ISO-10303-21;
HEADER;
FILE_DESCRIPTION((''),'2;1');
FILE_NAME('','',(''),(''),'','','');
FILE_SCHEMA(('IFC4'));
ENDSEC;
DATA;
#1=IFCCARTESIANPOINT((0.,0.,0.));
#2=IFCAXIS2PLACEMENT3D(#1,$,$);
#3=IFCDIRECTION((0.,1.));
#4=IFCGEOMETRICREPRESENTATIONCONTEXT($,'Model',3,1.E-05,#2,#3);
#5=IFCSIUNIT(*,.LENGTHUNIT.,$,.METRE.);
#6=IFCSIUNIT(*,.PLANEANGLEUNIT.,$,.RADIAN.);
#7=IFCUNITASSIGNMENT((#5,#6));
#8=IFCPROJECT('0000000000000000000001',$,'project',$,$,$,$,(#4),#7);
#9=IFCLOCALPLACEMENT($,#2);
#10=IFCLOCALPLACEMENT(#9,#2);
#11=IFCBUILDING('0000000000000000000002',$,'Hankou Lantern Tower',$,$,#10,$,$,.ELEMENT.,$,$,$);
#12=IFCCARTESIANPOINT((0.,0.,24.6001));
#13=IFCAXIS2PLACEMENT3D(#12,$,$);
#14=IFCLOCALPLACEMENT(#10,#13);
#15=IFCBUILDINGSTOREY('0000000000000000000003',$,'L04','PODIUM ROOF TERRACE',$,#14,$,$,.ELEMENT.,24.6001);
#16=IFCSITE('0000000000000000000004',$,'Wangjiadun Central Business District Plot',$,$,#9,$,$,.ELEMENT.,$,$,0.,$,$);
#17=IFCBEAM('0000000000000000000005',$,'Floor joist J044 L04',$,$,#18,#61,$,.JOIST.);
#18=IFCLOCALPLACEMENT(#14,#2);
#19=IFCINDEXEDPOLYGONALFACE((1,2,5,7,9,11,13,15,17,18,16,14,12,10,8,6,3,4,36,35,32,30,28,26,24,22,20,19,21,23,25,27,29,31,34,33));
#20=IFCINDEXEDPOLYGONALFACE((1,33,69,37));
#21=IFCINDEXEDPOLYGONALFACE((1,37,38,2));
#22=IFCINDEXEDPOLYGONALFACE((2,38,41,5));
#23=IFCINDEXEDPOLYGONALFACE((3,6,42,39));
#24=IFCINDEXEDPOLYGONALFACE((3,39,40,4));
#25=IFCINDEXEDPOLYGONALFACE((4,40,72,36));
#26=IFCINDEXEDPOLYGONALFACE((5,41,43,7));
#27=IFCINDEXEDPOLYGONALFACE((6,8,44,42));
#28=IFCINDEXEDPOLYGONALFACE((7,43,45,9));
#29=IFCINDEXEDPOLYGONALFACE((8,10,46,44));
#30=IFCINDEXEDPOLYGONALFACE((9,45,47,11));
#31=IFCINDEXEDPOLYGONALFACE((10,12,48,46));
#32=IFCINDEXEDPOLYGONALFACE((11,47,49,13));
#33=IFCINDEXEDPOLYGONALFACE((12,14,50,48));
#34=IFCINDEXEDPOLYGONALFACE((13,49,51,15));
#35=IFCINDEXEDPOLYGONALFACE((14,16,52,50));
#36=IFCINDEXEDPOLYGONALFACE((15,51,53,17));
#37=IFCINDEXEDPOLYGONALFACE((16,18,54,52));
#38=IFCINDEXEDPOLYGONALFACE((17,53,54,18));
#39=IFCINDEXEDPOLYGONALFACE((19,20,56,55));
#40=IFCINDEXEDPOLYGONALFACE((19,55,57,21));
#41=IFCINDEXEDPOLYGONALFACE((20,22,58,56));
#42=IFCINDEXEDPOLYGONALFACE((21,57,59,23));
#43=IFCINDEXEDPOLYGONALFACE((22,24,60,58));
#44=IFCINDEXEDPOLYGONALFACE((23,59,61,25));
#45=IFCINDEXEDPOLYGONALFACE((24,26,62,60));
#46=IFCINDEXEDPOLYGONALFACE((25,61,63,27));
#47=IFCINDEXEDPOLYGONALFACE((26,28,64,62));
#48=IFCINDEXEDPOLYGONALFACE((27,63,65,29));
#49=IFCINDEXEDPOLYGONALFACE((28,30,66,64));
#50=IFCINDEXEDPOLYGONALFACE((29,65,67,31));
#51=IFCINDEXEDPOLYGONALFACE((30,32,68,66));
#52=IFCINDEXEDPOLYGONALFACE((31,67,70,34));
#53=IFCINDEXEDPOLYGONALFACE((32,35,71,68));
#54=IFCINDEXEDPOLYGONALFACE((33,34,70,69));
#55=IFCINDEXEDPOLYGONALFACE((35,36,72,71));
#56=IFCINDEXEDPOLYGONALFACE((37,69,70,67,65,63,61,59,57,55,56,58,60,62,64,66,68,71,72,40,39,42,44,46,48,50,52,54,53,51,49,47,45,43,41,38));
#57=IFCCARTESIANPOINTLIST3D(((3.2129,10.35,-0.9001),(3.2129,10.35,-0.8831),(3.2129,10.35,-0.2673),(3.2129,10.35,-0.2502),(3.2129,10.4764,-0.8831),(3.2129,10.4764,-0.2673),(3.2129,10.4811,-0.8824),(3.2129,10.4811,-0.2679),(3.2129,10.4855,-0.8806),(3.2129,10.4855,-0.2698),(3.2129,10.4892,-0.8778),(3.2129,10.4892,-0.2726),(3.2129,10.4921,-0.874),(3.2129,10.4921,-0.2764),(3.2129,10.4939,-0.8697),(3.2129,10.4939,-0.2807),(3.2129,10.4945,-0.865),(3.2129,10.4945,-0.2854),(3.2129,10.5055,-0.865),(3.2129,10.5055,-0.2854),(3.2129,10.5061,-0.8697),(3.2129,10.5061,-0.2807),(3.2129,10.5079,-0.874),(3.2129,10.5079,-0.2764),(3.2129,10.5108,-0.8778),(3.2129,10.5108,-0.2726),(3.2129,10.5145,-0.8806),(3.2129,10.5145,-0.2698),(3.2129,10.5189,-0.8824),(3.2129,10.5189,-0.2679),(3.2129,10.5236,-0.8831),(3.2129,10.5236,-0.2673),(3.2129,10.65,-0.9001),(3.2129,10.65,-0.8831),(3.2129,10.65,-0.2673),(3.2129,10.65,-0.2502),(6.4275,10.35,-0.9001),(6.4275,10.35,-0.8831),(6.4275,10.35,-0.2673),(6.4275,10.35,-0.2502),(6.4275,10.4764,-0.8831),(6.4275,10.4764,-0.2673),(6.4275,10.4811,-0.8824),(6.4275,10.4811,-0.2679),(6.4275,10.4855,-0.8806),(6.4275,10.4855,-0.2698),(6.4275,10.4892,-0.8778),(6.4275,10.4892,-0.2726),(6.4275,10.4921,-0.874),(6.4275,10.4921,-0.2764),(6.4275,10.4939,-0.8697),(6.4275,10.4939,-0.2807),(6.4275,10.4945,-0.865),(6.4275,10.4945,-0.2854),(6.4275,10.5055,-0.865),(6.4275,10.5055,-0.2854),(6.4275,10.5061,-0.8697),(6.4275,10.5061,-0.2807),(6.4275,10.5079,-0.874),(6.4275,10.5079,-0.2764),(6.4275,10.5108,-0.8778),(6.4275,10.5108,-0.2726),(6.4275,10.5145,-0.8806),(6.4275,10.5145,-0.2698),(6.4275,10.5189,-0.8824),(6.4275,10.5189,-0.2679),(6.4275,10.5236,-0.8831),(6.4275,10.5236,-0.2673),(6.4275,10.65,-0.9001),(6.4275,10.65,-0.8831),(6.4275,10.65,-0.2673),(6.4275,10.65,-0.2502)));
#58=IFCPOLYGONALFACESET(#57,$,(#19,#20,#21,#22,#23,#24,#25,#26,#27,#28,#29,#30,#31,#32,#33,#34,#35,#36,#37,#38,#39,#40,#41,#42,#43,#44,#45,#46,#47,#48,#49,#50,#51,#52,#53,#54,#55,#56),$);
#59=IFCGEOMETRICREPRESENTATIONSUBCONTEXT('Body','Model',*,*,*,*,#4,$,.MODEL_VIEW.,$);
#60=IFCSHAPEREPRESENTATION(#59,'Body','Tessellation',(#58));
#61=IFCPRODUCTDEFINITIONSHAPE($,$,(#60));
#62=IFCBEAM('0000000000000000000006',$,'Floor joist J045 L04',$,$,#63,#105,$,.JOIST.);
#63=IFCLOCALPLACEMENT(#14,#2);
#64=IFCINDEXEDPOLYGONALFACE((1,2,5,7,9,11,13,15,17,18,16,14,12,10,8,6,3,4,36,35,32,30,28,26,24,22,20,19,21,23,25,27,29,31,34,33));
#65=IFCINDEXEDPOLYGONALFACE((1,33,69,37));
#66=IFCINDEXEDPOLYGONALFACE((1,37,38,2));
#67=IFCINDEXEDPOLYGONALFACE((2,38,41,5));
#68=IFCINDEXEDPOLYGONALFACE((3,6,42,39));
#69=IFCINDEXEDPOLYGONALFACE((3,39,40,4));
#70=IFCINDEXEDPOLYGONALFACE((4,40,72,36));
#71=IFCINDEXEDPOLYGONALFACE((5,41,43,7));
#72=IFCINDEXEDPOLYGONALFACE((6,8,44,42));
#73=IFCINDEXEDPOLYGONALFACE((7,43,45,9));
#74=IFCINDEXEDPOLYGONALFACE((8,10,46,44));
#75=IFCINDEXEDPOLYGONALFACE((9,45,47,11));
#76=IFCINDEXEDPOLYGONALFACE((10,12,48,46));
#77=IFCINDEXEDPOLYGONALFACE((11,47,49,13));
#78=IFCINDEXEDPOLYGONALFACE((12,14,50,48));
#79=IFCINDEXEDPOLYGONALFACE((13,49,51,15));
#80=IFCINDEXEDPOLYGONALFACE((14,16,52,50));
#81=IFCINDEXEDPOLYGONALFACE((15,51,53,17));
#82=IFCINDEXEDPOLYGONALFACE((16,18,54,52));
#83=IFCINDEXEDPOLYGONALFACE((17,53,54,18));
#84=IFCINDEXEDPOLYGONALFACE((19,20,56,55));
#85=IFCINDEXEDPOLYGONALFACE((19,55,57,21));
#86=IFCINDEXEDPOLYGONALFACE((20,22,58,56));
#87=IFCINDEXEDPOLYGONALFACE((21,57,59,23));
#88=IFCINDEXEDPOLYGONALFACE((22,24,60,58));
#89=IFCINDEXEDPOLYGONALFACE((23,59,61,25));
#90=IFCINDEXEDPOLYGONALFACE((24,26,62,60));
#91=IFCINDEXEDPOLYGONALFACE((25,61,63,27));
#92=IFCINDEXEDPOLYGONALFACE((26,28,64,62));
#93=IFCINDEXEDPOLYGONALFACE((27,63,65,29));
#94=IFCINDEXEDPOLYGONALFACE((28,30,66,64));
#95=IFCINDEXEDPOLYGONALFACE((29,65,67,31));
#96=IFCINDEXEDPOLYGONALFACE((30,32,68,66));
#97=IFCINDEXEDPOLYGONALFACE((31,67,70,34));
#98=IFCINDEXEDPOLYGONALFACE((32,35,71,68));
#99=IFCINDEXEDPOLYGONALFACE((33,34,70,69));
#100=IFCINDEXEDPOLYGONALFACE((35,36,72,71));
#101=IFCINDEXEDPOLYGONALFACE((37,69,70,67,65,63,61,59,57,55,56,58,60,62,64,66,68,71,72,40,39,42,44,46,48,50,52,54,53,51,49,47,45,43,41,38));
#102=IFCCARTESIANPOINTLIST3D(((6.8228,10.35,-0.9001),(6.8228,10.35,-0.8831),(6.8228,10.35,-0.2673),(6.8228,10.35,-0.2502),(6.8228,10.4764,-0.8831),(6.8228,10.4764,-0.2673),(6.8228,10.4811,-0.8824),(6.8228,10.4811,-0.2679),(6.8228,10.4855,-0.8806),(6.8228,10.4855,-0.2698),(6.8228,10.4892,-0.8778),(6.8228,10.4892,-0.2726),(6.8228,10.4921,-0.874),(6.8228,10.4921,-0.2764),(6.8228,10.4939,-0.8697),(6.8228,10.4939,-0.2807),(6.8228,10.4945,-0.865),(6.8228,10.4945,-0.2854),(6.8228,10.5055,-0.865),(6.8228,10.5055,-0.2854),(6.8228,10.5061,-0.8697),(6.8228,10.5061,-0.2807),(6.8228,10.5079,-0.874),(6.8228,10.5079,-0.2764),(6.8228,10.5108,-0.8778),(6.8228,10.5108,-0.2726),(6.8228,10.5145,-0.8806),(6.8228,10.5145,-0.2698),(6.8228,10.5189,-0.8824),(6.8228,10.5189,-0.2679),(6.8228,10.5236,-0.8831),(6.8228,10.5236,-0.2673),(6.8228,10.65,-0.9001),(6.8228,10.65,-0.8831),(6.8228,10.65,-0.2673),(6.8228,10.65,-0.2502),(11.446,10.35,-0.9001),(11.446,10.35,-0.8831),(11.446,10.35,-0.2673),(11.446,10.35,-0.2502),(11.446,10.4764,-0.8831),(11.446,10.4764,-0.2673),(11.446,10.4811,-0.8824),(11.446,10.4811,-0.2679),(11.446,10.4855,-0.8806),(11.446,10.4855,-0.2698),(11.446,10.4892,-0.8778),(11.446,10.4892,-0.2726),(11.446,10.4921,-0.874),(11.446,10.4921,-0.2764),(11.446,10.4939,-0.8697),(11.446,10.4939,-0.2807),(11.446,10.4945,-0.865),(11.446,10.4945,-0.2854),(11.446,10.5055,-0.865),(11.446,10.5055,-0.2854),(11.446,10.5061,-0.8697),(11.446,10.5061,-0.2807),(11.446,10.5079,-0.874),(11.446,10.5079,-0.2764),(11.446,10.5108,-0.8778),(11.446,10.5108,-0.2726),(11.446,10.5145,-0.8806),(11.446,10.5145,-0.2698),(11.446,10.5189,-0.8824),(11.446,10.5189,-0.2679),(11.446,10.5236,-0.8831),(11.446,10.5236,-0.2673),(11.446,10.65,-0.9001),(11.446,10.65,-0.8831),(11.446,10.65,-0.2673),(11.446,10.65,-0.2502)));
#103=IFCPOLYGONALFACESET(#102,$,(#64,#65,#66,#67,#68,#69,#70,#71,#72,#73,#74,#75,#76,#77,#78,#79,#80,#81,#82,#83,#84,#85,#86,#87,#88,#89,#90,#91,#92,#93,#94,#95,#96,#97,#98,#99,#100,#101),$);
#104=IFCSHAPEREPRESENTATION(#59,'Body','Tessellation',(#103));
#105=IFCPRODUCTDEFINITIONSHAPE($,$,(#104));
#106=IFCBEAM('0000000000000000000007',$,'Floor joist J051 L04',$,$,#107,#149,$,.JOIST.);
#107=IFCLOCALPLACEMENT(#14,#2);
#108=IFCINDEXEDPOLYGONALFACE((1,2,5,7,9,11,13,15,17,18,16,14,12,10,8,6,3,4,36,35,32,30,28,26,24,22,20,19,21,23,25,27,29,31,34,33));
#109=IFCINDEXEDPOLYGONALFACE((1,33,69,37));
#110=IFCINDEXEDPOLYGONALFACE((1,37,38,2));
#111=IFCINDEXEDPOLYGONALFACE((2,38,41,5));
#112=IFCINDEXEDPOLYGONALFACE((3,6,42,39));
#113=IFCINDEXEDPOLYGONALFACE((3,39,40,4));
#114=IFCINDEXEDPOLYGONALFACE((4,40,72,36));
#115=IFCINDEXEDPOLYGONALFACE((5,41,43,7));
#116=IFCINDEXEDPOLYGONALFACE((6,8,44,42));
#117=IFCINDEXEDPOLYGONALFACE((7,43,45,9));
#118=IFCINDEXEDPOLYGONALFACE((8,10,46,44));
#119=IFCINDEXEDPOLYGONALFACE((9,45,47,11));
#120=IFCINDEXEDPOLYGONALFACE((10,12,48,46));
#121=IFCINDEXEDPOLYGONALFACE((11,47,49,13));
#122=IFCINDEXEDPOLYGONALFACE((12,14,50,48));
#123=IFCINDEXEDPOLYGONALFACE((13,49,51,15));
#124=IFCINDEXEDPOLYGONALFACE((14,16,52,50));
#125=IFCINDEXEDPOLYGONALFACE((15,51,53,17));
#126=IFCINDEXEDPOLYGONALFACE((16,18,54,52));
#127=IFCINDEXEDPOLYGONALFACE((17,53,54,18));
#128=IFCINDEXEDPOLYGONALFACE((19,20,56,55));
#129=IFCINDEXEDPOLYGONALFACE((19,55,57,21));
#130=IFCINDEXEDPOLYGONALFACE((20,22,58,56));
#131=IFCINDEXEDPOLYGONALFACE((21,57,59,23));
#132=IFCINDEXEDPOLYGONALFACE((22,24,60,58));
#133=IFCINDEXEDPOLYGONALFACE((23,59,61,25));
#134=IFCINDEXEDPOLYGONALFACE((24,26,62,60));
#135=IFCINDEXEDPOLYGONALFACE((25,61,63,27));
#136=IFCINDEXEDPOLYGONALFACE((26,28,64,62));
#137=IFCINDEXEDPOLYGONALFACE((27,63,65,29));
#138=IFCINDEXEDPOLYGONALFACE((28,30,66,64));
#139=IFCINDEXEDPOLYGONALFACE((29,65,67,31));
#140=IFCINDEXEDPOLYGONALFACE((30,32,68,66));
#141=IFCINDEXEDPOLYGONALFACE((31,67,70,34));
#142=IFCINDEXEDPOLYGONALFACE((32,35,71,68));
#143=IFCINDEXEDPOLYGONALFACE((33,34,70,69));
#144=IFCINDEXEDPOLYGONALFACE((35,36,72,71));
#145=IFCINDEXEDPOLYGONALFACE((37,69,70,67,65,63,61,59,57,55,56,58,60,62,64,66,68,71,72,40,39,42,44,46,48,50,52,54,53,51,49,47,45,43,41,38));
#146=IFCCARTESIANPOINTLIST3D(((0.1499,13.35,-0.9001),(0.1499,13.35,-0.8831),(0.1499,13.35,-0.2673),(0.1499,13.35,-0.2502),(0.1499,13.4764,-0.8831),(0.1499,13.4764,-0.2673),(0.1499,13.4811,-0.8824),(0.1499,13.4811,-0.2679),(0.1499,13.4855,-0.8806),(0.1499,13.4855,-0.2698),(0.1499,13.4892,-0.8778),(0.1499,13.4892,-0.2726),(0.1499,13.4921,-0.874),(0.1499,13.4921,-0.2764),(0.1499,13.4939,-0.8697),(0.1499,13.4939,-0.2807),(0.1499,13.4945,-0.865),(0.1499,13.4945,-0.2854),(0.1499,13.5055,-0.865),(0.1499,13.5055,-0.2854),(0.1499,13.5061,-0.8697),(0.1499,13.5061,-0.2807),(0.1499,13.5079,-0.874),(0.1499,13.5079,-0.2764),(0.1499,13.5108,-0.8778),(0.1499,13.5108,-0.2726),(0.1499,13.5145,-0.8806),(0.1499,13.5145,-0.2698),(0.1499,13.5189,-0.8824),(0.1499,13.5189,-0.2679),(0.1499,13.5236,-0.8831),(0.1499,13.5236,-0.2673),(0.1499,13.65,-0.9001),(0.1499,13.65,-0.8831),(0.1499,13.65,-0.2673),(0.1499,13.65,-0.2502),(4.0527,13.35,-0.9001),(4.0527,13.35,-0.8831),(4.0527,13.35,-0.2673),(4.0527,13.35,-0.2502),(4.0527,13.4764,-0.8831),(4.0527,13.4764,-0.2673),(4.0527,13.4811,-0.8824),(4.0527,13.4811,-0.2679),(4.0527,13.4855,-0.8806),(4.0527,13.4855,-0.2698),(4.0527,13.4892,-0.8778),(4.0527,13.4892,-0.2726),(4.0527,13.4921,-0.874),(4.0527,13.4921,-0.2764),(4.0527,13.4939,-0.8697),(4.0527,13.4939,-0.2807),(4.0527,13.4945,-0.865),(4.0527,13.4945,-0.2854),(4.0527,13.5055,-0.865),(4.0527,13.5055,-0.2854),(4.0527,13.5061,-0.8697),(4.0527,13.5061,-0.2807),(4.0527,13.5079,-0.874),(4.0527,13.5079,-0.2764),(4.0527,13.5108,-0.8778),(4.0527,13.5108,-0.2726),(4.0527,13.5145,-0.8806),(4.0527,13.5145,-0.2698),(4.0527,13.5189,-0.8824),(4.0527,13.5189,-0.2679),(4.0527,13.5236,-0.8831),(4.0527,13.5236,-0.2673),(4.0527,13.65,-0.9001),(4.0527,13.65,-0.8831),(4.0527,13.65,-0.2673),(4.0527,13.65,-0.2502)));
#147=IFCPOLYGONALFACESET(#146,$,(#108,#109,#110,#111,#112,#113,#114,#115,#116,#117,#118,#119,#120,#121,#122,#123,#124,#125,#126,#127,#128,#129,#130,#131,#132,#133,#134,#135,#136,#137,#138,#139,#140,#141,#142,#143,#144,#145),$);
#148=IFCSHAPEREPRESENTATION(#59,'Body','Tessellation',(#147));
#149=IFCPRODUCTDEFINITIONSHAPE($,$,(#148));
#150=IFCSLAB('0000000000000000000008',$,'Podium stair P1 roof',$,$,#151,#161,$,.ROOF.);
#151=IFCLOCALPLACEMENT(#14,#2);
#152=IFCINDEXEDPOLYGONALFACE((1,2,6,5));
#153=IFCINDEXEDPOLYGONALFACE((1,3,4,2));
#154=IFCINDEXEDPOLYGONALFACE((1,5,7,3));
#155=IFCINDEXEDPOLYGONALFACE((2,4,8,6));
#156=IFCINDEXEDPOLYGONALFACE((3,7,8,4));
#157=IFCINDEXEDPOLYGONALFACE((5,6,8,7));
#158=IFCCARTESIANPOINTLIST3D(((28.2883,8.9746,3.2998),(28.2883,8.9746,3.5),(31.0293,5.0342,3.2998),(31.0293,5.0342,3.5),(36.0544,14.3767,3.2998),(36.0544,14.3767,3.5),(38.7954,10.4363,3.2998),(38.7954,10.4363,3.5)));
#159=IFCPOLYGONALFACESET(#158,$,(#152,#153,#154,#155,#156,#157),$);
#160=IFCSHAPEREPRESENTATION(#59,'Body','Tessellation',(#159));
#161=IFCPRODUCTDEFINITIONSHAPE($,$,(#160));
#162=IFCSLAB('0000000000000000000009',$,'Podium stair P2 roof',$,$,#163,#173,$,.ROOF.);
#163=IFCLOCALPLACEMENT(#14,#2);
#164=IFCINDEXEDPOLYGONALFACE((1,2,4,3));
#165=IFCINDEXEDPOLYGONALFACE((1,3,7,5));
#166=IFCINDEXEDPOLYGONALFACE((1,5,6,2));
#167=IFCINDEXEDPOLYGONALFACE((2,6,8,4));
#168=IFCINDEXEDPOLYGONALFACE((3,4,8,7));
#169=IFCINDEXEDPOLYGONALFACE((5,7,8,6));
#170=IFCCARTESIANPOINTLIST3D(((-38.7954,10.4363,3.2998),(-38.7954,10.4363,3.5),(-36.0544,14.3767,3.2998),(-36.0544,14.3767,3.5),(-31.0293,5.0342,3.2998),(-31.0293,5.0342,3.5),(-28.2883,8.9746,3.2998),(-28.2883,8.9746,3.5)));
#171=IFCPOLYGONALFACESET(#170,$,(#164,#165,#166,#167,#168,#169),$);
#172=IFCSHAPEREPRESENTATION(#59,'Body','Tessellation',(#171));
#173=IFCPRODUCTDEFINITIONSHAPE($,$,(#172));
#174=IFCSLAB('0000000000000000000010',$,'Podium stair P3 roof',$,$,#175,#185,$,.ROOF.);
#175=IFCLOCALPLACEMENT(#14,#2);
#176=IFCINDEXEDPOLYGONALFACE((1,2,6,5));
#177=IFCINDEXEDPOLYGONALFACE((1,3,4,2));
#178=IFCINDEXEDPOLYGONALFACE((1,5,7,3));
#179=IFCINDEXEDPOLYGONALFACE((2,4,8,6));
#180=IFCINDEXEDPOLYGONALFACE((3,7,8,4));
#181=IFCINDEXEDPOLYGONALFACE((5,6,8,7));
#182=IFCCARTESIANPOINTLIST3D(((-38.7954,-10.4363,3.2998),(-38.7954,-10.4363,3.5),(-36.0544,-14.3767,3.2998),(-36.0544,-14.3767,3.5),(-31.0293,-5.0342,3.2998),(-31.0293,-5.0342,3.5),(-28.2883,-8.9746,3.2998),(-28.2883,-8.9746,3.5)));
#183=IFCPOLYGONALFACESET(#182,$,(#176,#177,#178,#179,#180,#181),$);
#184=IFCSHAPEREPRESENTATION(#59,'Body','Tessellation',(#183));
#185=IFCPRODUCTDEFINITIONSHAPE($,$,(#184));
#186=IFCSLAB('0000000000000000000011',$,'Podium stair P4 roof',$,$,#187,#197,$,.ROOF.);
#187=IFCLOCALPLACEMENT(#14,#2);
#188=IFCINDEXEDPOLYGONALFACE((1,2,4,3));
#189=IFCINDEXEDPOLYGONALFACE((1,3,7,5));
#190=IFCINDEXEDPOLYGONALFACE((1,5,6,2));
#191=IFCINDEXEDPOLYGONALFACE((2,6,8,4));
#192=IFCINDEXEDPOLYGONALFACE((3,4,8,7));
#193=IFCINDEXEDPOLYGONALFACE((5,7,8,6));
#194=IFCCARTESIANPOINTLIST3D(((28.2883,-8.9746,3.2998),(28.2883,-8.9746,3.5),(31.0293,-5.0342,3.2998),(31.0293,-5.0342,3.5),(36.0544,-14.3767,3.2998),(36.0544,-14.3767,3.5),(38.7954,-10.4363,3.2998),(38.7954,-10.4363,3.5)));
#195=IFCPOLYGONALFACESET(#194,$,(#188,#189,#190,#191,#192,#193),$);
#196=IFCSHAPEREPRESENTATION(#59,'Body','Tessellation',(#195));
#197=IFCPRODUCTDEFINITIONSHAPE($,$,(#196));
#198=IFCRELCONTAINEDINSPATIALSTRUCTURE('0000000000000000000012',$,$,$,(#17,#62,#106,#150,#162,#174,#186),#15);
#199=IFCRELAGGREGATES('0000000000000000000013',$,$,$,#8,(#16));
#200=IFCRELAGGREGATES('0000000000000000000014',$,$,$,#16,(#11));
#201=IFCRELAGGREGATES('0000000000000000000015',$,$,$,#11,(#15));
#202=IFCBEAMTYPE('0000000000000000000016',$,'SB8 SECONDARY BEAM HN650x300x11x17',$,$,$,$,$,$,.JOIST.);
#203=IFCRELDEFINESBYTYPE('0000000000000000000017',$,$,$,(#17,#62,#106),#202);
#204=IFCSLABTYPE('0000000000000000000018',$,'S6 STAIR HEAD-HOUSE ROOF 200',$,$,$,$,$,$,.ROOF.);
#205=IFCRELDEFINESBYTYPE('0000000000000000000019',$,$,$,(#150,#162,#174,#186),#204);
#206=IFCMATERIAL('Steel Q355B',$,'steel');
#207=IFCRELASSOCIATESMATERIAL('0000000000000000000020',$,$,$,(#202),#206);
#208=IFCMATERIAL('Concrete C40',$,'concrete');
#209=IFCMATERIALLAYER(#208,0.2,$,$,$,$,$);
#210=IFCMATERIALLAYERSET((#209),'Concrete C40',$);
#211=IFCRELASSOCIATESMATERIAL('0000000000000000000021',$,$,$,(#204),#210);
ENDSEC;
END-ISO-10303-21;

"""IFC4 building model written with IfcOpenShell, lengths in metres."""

from ifc_helpers import new_model, si_unit, direction, frame, origin, origin_2d, place, context, subcontext, project, spatial, polyline, i_section, outline, extrude, material, layer, layer_set, material_profile, profile_set, type_object, element, save


model = new_model("IFC4")

# Units and contexts
model_context = context("Model", 3, precision=1e-05, world=origin(), true_north=direction((0.0, 1.0)))
body_context = subcontext(model_context, "Body", "Model", "MODEL_VIEW")
ifc_project = project(units=[si_unit("LENGTHUNIT", "METRE"), si_unit("PLANEANGLEUNIT", "RADIAN")], contexts=[model_context])

# Site, building, storey
site_placement = place(None, origin())
site = spatial("IfcSite", under=ifc_project, at=site_placement, Name="Wangjiadun Central Business District Plot", CompositionType="ELEMENT", RefElevation=0.0)
building_placement = place(site_placement, origin())
building = spatial("IfcBuilding", under=site, at=building_placement, Name="Hankou Lantern Tower", CompositionType="ELEMENT")
storey_placement = place(building_placement, frame((0.0, 0.0, 24.6001)))
storey = spatial("IfcBuildingStorey", under=building, at=storey_placement, Name="L04", Description="PODIUM ROOF TERRACE", CompositionType="ELEMENT", Elevation=24.6001)

# Beams
ifc_material_1 = material(Name="Steel Q355B", Category="steel")
ifc_material_profile_1 = material_profile(ifc_material_1, i_section(OverallWidth=0.3, OverallDepth=0.6499, WebThickness=0.011, FlangeThickness=0.0171, FilletRadius=0.0181, at=origin_2d()), Name="HN650x300x11x17")
ifc_profile_set_1 = profile_set([ifc_material_profile_1], Name="Steel Q355B")
beam_type_1 = type_object("IfcBeamType", Name="SB8 SECONDARY BEAM HN650x300x11x17", PredefinedType="JOIST", material=ifc_profile_set_1)
beam_1_placement = place(storey_placement, frame((3.2129, 10.5, -0.5752), z_axis=(1.0, 0.0, 0.0), x_axis=(0.0, 1.0, 0.0)))
element("IfcBeam", 1, at=beam_1_placement, inside=storey, type_object=beam_type_1, Name="Floor joist J044 L04", PredefinedType="JOIST", context=body_context, shape_type="SweptSolid", body=[
    extrude(i_section(OverallWidth=0.3, OverallDepth=0.6499, WebThickness=0.011, FlangeThickness=0.0171, FilletRadius=0.0181, at=origin_2d()), origin(), (0.0, 0.0, 1.0), 3.2146),
])
beam_2_placement = place(storey_placement, frame((6.8228, 10.5, -0.5752), z_axis=(1.0, 0.0, 0.0), x_axis=(0.0, 1.0, 0.0)))
element("IfcBeam", 2, at=beam_2_placement, inside=storey, type_object=beam_type_1, Name="Floor joist J045 L04", PredefinedType="JOIST", context=body_context, shape_type="SweptSolid", body=[
    extrude(i_section(OverallWidth=0.3, OverallDepth=0.6499, WebThickness=0.011, FlangeThickness=0.0171, FilletRadius=0.0181, at=origin_2d()), origin(), (0.0, 0.0, 1.0), 4.6233),
])
beam_3_placement = place(storey_placement, frame((0.1499, 13.5, -0.5752), z_axis=(1.0, 0.0, 0.0), x_axis=(0.0, 1.0, 0.0)))
element("IfcBeam", 3, at=beam_3_placement, inside=storey, type_object=beam_type_1, Name="Floor joist J051 L04", PredefinedType="JOIST", context=body_context, shape_type="SweptSolid", body=[
    extrude(i_section(OverallWidth=0.3, OverallDepth=0.6499, WebThickness=0.011, FlangeThickness=0.0171, FilletRadius=0.0181, at=origin_2d()), origin(), (0.0, 0.0, 1.0), 3.9028),
])

# Slabs
ifc_material_2 = material(Name="Concrete C40", Category="concrete")
ifc_layer_1 = layer(ifc_material_2, 0.2)
ifc_layer_set_1 = layer_set([ifc_layer_1], Name="Concrete C40")
slab_type_1 = type_object("IfcSlabType", Name="S6 STAIR HEAD-HOUSE ROOF 200", PredefinedType="ROOF", material=ifc_layer_set_1)
slab_1_placement = place(storey_placement, frame((0.0, 0.0, 3.2998)))
element("IfcSlab", 4, at=slab_1_placement, inside=storey, type_object=slab_type_1, Name="Podium stair P1 roof", PredefinedType="ROOF", context=body_context, shape_type="SweptSolid", body=[
    extrude(outline(polyline([(38.7954, 10.4363), (36.0544, 14.3767), (28.2883, 8.9746), (31.0293, 5.0342), (38.7954, 10.4363)])), origin(), (0.0, 0.0, 1.0), 0.2002),
])
slab_2_placement = place(storey_placement, frame((0.0, 0.0, 3.2998)))
element("IfcSlab", 5, at=slab_2_placement, inside=storey, type_object=slab_type_1, Name="Podium stair P2 roof", PredefinedType="ROOF", context=body_context, shape_type="SweptSolid", body=[
    extrude(outline(polyline([(-36.0544, 14.3767), (-38.7954, 10.4363), (-31.0293, 5.0342), (-28.2883, 8.9746), (-36.0544, 14.3767)])), origin(), (0.0, 0.0, 1.0), 0.2002),
])
slab_3_placement = place(storey_placement, frame((0.0, 0.0, 3.2998)))
element("IfcSlab", 6, at=slab_3_placement, inside=storey, type_object=slab_type_1, Name="Podium stair P3 roof", PredefinedType="ROOF", context=body_context, shape_type="SweptSolid", body=[
    extrude(outline(polyline([(-38.7954, -10.4363), (-36.0544, -14.3767), (-28.2883, -8.9746), (-31.0293, -5.0342), (-38.7954, -10.4363)])), origin(), (0.0, 0.0, 1.0), 0.2002),
])
slab_4_placement = place(storey_placement, frame((0.0, 0.0, 3.2998)))
element("IfcSlab", 7, at=slab_4_placement, inside=storey, type_object=slab_type_1, Name="Podium stair P4 roof", PredefinedType="ROOF", context=body_context, shape_type="SweptSolid", body=[
    extrude(outline(polyline([(36.0544, -14.3767), (38.7954, -10.4363), (31.0293, -5.0342), (28.2883, -8.9746), (36.0544, -14.3767)])), origin(), (0.0, 0.0, 1.0), 0.2002),
])

save(model, "model.ifc")
